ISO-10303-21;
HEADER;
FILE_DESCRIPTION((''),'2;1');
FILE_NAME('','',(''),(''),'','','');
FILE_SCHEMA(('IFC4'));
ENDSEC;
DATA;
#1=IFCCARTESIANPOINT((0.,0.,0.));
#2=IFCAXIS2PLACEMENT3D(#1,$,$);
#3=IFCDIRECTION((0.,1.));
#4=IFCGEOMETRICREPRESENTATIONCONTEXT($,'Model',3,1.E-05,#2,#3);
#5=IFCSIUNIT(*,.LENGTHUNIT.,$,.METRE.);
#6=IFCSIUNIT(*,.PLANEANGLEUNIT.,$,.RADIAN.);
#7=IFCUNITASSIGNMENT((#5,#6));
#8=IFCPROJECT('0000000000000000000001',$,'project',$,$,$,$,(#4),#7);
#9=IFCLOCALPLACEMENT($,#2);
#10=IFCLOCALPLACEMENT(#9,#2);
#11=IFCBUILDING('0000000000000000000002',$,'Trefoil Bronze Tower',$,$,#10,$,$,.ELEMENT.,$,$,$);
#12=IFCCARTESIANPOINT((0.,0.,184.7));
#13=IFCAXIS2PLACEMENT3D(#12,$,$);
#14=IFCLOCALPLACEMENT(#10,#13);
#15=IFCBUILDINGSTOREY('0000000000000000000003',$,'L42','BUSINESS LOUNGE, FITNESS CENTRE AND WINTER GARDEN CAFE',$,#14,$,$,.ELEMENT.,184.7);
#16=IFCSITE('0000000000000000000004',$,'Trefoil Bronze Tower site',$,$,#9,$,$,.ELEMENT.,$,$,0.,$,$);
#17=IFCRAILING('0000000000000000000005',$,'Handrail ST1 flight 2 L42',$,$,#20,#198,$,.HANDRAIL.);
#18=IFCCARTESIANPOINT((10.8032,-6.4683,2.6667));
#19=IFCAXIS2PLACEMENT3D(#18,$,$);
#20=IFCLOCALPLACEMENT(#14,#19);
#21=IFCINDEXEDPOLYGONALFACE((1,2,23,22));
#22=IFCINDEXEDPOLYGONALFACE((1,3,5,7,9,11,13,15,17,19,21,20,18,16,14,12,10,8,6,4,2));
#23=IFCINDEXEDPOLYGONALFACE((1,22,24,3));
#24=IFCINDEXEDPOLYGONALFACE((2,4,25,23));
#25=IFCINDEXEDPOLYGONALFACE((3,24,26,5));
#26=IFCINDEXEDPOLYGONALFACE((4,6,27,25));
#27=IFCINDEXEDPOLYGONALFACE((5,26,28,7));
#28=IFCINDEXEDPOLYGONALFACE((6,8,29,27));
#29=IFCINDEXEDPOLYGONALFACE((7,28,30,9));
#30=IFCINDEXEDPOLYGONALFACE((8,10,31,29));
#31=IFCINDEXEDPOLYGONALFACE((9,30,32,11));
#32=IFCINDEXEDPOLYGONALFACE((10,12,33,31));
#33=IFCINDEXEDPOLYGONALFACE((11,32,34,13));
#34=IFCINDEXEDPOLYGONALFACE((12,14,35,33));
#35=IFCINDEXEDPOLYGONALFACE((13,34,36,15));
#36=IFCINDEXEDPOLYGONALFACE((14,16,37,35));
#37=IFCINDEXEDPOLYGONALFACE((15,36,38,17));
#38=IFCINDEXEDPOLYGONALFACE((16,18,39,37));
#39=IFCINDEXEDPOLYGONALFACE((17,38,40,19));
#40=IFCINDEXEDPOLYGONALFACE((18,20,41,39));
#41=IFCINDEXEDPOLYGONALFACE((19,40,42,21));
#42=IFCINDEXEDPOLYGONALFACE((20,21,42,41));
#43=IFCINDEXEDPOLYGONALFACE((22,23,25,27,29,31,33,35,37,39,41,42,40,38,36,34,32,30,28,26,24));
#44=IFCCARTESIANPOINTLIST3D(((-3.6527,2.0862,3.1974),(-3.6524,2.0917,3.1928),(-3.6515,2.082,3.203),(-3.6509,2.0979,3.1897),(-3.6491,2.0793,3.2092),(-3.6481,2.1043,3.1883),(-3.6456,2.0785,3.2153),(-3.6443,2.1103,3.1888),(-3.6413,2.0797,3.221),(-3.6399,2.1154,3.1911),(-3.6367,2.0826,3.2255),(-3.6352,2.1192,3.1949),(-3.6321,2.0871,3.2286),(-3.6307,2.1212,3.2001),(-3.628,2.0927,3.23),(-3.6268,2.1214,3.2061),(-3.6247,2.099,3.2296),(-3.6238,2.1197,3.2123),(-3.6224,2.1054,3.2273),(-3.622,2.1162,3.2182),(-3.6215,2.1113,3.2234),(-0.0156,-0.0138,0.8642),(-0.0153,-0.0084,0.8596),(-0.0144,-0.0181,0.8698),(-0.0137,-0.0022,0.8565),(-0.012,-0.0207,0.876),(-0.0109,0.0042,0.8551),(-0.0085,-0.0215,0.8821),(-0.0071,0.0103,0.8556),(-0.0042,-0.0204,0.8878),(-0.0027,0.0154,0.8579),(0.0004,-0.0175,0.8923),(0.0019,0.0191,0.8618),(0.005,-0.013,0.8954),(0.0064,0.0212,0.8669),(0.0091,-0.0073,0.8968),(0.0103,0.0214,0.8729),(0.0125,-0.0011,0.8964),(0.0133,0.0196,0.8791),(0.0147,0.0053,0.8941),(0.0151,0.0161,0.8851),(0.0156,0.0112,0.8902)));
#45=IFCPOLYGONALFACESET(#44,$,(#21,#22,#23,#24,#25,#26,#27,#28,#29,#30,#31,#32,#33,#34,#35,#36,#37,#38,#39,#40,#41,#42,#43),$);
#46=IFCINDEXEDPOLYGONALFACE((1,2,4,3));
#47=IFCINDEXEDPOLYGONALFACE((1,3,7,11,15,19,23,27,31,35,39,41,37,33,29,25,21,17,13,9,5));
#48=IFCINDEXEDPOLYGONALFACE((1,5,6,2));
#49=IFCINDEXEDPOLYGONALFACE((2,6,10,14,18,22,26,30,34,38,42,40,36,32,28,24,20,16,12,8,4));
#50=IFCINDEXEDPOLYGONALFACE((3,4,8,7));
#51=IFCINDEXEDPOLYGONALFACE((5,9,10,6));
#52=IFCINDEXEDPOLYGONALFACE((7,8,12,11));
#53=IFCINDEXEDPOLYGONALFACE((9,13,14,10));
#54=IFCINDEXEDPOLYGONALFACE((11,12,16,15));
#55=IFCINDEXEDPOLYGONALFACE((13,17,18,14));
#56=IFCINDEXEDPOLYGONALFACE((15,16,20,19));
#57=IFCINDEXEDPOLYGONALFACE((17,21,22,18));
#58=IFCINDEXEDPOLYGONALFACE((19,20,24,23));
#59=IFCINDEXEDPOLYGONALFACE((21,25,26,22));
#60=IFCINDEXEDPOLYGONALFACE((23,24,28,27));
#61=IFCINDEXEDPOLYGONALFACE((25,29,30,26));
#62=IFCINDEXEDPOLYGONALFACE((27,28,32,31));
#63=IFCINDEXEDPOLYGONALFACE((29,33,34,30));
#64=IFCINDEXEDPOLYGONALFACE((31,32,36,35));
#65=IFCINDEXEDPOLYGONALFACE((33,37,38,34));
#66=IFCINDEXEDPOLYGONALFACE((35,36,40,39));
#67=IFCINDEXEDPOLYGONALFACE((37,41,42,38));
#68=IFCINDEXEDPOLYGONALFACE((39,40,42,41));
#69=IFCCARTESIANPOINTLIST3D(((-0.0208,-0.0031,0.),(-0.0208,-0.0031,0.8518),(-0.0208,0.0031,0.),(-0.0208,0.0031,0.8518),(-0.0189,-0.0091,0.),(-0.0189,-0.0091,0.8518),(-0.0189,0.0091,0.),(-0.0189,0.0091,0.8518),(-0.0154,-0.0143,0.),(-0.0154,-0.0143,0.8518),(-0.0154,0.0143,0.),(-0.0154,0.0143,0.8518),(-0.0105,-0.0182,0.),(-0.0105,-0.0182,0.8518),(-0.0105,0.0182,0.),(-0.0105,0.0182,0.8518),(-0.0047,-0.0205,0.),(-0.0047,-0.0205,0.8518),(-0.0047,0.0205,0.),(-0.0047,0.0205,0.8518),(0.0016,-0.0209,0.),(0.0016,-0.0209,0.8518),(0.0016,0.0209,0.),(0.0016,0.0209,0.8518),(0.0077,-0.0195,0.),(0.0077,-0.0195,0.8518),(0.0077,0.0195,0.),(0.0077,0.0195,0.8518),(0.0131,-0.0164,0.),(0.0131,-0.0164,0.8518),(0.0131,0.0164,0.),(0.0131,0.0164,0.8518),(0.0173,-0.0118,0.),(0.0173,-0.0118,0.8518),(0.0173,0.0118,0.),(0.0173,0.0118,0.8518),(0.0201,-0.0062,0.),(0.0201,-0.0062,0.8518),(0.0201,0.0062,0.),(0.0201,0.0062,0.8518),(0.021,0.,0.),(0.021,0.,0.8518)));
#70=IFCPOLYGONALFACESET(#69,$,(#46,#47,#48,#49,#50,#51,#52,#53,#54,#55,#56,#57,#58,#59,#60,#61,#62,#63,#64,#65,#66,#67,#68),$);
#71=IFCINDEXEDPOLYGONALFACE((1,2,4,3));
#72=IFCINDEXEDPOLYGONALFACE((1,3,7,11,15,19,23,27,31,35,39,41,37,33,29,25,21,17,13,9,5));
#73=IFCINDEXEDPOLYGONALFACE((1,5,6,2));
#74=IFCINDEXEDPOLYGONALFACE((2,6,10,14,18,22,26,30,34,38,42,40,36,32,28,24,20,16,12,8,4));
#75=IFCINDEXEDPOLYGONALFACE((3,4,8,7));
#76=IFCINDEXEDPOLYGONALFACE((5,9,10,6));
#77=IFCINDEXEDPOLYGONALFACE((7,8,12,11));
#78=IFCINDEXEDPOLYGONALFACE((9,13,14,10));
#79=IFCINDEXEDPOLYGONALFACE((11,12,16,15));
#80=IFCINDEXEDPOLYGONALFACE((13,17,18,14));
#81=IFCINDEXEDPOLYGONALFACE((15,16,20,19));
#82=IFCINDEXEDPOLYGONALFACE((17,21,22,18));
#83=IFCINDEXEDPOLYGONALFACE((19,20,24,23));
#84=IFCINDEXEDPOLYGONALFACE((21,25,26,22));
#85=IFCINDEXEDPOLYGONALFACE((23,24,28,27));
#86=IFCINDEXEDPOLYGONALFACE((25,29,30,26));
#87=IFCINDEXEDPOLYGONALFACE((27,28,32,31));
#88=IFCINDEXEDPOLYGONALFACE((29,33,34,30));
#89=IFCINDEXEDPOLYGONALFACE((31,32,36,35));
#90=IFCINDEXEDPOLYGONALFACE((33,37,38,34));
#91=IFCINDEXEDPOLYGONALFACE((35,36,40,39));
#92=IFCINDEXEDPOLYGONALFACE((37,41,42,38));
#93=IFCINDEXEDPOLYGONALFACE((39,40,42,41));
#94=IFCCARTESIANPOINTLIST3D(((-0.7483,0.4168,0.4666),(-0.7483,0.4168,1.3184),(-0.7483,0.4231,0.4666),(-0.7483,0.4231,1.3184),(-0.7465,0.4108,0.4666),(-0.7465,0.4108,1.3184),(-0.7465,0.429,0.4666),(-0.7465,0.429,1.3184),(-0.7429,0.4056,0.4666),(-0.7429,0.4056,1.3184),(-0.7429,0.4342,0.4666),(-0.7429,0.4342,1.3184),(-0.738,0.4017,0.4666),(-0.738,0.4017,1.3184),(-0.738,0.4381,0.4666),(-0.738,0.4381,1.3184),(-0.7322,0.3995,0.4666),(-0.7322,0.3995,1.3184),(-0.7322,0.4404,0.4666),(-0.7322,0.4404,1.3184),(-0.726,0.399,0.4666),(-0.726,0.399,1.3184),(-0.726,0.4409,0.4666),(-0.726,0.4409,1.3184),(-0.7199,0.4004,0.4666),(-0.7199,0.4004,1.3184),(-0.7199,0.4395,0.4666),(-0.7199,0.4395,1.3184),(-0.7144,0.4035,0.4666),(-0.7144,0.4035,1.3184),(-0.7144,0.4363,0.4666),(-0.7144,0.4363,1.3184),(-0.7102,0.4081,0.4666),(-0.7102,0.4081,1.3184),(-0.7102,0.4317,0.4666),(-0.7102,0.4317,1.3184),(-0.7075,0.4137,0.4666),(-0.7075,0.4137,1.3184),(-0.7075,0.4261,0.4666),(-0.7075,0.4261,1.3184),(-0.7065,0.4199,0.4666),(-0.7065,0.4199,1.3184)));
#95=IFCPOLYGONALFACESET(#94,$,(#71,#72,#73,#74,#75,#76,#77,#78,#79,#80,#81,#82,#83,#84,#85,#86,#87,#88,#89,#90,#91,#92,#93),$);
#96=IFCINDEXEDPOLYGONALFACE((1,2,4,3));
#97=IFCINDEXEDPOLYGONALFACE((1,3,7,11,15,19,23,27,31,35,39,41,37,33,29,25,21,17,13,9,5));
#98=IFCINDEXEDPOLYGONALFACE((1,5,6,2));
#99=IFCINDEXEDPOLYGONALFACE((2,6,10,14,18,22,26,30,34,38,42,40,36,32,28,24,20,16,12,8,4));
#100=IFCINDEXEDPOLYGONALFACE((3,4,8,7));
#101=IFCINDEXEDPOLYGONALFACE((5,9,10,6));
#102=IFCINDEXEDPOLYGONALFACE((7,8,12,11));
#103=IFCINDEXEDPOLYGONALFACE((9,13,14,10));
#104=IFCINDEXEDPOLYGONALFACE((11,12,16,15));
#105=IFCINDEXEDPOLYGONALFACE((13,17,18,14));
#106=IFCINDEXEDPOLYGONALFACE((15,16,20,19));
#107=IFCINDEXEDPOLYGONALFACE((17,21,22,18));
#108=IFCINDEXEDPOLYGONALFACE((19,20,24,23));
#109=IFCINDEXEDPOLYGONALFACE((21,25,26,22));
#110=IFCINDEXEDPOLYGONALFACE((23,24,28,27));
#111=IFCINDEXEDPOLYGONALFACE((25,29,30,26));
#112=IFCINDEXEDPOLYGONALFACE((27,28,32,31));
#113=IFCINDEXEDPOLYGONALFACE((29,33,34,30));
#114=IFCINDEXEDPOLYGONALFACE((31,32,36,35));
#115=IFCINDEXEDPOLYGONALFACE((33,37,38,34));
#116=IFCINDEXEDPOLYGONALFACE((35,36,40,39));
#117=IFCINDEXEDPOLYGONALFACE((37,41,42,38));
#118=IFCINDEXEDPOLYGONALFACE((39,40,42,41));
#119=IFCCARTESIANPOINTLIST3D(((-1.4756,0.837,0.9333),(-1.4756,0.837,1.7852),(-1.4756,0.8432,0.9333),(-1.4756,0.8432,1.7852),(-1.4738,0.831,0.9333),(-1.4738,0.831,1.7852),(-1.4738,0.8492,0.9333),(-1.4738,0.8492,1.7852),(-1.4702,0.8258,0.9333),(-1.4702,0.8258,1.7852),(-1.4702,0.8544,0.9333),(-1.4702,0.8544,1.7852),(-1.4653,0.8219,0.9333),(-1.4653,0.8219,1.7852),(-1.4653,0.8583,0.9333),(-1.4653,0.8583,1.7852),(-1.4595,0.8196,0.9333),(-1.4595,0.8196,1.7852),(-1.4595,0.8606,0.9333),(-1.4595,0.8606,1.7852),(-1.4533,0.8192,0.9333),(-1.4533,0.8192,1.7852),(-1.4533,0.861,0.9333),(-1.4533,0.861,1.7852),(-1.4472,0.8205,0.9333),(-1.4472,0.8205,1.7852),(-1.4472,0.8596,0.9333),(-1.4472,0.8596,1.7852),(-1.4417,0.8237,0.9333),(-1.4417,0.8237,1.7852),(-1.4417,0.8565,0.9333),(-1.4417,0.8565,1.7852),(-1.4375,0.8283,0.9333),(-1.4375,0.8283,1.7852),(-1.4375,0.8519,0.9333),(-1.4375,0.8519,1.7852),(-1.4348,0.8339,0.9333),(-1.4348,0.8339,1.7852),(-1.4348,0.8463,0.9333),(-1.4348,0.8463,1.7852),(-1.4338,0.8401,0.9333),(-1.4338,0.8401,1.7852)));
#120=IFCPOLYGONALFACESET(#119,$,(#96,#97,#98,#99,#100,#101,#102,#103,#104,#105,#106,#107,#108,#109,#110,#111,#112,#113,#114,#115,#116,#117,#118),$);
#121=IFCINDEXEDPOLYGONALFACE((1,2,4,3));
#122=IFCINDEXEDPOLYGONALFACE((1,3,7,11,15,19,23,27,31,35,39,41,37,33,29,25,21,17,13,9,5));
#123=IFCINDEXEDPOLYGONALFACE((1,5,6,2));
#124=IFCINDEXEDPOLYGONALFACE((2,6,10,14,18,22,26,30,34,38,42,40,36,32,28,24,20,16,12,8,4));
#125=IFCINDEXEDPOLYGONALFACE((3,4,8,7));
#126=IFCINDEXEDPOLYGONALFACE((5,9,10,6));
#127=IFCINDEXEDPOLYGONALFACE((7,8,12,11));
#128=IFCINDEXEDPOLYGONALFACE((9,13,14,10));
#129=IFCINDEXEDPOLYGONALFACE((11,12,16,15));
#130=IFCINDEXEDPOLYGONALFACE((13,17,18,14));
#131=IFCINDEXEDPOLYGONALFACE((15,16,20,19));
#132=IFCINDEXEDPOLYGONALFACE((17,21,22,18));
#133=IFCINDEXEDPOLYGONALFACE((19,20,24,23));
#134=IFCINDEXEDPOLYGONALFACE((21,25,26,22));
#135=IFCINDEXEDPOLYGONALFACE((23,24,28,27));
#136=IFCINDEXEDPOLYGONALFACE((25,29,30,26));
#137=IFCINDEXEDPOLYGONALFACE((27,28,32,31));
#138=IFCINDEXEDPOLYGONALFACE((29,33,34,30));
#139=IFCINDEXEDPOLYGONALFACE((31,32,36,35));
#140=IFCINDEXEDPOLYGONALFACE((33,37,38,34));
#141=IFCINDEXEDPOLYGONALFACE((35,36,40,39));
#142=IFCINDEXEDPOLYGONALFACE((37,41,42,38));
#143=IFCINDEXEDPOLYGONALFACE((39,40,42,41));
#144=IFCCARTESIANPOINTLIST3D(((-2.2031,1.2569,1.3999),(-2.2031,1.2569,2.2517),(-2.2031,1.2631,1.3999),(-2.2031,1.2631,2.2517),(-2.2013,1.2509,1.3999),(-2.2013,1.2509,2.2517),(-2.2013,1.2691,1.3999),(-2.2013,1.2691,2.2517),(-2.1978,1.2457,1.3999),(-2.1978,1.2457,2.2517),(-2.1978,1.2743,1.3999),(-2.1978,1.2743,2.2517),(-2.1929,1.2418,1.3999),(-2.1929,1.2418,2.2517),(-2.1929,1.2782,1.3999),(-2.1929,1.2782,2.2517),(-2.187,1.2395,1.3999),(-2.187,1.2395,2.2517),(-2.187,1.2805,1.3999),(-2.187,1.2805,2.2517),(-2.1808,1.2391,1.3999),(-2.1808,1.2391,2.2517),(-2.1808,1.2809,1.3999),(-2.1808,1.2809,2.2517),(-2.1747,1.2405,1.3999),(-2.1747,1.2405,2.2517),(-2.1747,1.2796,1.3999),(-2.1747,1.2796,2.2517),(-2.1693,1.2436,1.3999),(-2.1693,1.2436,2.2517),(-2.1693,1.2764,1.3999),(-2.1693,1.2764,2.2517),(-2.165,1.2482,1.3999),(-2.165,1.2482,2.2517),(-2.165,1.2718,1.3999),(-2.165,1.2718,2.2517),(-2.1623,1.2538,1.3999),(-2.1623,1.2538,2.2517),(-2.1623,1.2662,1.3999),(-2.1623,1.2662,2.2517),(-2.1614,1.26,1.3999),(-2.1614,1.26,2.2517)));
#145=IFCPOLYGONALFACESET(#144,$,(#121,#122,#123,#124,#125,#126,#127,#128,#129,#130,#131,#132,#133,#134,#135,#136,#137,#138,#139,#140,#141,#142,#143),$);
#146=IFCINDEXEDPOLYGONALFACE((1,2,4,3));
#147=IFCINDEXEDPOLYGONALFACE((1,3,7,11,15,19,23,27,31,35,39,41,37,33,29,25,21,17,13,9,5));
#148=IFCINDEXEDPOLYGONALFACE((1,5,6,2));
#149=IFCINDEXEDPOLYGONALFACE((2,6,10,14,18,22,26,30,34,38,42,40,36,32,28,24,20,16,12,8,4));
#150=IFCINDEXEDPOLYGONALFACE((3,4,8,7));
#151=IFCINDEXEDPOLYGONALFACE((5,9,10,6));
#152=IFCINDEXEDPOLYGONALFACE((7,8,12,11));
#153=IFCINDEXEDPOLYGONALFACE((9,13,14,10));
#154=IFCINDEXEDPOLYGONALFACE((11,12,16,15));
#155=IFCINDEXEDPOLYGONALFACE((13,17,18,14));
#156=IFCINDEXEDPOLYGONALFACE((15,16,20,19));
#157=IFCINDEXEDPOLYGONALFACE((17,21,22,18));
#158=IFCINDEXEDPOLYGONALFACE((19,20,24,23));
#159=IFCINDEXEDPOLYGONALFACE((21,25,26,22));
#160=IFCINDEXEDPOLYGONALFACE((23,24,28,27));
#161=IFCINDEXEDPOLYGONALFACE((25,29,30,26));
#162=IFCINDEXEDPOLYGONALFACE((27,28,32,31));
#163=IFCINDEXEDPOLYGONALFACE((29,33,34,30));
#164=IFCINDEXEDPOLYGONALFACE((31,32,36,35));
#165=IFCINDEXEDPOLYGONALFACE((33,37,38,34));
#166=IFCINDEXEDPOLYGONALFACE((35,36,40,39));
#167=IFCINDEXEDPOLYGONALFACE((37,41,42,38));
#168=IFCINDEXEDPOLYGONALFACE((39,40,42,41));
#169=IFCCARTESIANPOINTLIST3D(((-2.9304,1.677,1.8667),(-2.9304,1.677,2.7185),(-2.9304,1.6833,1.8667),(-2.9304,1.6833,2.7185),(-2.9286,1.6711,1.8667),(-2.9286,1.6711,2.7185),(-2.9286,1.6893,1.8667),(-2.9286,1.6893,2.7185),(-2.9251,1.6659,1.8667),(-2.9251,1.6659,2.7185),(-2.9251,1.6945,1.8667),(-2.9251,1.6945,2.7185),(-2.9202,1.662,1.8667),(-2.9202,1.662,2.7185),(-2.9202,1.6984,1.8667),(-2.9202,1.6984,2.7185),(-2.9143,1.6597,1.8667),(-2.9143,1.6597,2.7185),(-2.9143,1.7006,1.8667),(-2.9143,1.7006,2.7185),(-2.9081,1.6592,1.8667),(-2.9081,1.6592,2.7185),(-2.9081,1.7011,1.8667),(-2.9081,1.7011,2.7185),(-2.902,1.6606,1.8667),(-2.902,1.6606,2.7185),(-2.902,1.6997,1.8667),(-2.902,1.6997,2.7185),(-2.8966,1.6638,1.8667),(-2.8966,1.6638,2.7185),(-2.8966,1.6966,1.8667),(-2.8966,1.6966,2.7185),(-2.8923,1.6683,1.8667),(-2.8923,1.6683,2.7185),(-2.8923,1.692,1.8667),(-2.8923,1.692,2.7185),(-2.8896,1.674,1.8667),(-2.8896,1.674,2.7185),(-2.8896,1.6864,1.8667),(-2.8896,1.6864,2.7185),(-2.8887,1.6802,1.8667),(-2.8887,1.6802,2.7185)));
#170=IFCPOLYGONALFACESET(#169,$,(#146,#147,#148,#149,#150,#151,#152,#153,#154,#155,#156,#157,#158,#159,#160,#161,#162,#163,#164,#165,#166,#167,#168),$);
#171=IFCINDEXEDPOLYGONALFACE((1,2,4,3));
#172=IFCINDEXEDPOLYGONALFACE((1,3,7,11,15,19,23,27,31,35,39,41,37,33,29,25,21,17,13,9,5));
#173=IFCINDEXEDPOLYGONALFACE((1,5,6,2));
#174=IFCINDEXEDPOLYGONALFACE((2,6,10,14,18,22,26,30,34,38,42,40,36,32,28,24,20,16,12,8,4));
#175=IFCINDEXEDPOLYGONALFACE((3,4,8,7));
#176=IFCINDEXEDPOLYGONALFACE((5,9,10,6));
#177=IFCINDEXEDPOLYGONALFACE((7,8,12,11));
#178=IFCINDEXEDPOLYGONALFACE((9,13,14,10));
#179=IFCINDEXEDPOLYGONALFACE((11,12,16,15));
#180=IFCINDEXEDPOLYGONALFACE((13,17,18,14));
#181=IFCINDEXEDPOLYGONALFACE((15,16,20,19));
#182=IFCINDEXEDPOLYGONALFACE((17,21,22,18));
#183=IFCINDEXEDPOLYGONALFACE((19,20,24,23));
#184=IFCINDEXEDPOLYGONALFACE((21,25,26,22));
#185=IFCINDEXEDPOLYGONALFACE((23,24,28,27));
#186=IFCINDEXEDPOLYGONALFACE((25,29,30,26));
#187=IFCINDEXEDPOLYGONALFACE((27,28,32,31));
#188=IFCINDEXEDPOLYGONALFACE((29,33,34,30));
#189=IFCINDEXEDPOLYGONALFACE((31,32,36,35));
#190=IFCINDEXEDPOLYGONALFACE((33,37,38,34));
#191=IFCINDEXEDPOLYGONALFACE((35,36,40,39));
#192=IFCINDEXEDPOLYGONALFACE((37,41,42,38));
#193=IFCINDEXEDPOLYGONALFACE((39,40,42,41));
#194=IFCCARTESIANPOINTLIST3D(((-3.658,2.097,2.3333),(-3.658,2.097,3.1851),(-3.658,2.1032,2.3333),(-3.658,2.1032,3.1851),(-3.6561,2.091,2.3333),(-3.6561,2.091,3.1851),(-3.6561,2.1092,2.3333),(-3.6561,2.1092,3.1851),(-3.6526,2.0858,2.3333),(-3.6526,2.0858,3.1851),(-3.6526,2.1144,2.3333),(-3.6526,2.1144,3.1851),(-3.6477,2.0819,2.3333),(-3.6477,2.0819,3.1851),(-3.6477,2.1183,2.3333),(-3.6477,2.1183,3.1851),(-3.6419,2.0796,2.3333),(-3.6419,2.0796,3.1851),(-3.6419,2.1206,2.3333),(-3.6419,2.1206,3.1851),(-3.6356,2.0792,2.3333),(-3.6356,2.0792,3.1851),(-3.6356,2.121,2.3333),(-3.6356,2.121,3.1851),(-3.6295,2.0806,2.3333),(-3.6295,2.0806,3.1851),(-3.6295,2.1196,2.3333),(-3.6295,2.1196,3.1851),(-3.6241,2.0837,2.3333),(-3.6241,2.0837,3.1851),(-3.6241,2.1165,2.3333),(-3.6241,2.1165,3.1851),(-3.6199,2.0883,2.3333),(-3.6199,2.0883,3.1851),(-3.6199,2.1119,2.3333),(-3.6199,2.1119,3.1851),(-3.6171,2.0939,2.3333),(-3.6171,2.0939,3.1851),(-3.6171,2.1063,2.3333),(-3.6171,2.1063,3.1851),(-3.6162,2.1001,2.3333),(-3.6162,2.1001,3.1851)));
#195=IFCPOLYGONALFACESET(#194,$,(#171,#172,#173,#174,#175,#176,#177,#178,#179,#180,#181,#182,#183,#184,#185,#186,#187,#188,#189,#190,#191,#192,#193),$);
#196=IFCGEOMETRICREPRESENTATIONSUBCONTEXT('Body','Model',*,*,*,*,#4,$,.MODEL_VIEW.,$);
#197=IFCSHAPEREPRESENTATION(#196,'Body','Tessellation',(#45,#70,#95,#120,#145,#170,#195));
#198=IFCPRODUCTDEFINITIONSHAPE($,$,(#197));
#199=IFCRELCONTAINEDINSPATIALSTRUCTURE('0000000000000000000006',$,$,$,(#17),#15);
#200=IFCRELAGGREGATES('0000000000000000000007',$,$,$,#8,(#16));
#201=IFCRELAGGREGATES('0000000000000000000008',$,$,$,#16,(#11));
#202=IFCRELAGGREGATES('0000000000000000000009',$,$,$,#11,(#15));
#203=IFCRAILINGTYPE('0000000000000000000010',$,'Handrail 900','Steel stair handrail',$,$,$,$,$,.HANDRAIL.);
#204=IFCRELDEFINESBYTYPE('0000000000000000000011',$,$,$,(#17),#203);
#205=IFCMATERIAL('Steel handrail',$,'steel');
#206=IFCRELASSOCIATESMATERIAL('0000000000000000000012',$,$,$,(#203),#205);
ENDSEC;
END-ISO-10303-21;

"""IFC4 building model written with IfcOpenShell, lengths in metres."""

from ifc_helpers import new_model, si_unit, direction, frame, origin, origin_2d, place, context, subcontext, project, spatial, circle, extrude, material, type_object, element, save


model = new_model("IFC4")

# Units and contexts
model_context = context("Model", 3, precision=1e-05, world=origin(), true_north=direction((0.0, 1.0)))
body_context = subcontext(model_context, "Body", "Model", "MODEL_VIEW")
ifc_project = project(units=[si_unit("LENGTHUNIT", "METRE"), si_unit("PLANEANGLEUNIT", "RADIAN")], contexts=[model_context])

# Site, building, storey
site_placement = place(None, origin())
site = spatial("IfcSite", under=ifc_project, at=site_placement, Name="Trefoil Bronze Tower site", CompositionType="ELEMENT", RefElevation=0.0)
building_placement = place(site_placement, origin())
building = spatial("IfcBuilding", under=site, at=building_placement, Name="Trefoil Bronze Tower", CompositionType="ELEMENT")
storey_placement = place(building_placement, frame((0.0, 0.0, 184.7)))
storey = spatial("IfcBuildingStorey", under=building, at=storey_placement, Name="L42", Description="BUSINESS LOUNGE, FITNESS CENTRE AND WINTER GARDEN CAFE", CompositionType="ELEMENT", Elevation=184.7)

# Railing
ifc_material_1 = material(Name="Steel handrail", Category="steel")
railing_type = type_object("IfcRailingType", Name="Handrail 900", Description="Steel stair handrail", PredefinedType="HANDRAIL", material=ifc_material_1)
railing_1_placement = place(storey_placement, frame((10.8032, -6.4683, 2.6667)))
element("IfcRailing", 1, at=railing_1_placement, inside=storey, type_object=railing_type, Name="Handrail ST1 flight 2 L42", PredefinedType="HANDRAIL", context=body_context, shape_type="SweptSolid", body=[
    extrude(circle(Radius=0.0239, at=origin_2d()), frame((0.0, 0.0, 0.876), z_axis=(-0.757033, 0.437106, 0.485633), x_axis=(-0.500028, -0.866009, 0.0)), (0.0, 0.0, 1.0), 4.8044),
    extrude(circle(Radius=0.021, at=origin_2d()), origin(), (0.0, 0.0, 1.0), 0.8518),
    extrude(circle(Radius=0.021, at=origin_2d()), frame((-0.7275, 0.4199, 0.4666)), (0.0, 0.0, 1.0), 0.8518),
    extrude(circle(Radius=0.021, at=origin_2d()), frame((-1.4548, 0.8401, 0.9333)), (0.0, 0.0, 1.0), 0.8518),
    extrude(circle(Radius=0.021, at=origin_2d()), frame((-2.1824, 1.26, 1.3999)), (0.0, 0.0, 1.0), 0.8518),
    extrude(circle(Radius=0.021, at=origin_2d()), frame((-2.9097, 1.6802, 1.8667)), (0.0, 0.0, 1.0), 0.8518),
    extrude(circle(Radius=0.021, at=origin_2d()), frame((-3.6372, 2.1001, 2.3333)), (0.0, 0.0, 1.0), 0.8518),
])

save(model, "model.ifc")
